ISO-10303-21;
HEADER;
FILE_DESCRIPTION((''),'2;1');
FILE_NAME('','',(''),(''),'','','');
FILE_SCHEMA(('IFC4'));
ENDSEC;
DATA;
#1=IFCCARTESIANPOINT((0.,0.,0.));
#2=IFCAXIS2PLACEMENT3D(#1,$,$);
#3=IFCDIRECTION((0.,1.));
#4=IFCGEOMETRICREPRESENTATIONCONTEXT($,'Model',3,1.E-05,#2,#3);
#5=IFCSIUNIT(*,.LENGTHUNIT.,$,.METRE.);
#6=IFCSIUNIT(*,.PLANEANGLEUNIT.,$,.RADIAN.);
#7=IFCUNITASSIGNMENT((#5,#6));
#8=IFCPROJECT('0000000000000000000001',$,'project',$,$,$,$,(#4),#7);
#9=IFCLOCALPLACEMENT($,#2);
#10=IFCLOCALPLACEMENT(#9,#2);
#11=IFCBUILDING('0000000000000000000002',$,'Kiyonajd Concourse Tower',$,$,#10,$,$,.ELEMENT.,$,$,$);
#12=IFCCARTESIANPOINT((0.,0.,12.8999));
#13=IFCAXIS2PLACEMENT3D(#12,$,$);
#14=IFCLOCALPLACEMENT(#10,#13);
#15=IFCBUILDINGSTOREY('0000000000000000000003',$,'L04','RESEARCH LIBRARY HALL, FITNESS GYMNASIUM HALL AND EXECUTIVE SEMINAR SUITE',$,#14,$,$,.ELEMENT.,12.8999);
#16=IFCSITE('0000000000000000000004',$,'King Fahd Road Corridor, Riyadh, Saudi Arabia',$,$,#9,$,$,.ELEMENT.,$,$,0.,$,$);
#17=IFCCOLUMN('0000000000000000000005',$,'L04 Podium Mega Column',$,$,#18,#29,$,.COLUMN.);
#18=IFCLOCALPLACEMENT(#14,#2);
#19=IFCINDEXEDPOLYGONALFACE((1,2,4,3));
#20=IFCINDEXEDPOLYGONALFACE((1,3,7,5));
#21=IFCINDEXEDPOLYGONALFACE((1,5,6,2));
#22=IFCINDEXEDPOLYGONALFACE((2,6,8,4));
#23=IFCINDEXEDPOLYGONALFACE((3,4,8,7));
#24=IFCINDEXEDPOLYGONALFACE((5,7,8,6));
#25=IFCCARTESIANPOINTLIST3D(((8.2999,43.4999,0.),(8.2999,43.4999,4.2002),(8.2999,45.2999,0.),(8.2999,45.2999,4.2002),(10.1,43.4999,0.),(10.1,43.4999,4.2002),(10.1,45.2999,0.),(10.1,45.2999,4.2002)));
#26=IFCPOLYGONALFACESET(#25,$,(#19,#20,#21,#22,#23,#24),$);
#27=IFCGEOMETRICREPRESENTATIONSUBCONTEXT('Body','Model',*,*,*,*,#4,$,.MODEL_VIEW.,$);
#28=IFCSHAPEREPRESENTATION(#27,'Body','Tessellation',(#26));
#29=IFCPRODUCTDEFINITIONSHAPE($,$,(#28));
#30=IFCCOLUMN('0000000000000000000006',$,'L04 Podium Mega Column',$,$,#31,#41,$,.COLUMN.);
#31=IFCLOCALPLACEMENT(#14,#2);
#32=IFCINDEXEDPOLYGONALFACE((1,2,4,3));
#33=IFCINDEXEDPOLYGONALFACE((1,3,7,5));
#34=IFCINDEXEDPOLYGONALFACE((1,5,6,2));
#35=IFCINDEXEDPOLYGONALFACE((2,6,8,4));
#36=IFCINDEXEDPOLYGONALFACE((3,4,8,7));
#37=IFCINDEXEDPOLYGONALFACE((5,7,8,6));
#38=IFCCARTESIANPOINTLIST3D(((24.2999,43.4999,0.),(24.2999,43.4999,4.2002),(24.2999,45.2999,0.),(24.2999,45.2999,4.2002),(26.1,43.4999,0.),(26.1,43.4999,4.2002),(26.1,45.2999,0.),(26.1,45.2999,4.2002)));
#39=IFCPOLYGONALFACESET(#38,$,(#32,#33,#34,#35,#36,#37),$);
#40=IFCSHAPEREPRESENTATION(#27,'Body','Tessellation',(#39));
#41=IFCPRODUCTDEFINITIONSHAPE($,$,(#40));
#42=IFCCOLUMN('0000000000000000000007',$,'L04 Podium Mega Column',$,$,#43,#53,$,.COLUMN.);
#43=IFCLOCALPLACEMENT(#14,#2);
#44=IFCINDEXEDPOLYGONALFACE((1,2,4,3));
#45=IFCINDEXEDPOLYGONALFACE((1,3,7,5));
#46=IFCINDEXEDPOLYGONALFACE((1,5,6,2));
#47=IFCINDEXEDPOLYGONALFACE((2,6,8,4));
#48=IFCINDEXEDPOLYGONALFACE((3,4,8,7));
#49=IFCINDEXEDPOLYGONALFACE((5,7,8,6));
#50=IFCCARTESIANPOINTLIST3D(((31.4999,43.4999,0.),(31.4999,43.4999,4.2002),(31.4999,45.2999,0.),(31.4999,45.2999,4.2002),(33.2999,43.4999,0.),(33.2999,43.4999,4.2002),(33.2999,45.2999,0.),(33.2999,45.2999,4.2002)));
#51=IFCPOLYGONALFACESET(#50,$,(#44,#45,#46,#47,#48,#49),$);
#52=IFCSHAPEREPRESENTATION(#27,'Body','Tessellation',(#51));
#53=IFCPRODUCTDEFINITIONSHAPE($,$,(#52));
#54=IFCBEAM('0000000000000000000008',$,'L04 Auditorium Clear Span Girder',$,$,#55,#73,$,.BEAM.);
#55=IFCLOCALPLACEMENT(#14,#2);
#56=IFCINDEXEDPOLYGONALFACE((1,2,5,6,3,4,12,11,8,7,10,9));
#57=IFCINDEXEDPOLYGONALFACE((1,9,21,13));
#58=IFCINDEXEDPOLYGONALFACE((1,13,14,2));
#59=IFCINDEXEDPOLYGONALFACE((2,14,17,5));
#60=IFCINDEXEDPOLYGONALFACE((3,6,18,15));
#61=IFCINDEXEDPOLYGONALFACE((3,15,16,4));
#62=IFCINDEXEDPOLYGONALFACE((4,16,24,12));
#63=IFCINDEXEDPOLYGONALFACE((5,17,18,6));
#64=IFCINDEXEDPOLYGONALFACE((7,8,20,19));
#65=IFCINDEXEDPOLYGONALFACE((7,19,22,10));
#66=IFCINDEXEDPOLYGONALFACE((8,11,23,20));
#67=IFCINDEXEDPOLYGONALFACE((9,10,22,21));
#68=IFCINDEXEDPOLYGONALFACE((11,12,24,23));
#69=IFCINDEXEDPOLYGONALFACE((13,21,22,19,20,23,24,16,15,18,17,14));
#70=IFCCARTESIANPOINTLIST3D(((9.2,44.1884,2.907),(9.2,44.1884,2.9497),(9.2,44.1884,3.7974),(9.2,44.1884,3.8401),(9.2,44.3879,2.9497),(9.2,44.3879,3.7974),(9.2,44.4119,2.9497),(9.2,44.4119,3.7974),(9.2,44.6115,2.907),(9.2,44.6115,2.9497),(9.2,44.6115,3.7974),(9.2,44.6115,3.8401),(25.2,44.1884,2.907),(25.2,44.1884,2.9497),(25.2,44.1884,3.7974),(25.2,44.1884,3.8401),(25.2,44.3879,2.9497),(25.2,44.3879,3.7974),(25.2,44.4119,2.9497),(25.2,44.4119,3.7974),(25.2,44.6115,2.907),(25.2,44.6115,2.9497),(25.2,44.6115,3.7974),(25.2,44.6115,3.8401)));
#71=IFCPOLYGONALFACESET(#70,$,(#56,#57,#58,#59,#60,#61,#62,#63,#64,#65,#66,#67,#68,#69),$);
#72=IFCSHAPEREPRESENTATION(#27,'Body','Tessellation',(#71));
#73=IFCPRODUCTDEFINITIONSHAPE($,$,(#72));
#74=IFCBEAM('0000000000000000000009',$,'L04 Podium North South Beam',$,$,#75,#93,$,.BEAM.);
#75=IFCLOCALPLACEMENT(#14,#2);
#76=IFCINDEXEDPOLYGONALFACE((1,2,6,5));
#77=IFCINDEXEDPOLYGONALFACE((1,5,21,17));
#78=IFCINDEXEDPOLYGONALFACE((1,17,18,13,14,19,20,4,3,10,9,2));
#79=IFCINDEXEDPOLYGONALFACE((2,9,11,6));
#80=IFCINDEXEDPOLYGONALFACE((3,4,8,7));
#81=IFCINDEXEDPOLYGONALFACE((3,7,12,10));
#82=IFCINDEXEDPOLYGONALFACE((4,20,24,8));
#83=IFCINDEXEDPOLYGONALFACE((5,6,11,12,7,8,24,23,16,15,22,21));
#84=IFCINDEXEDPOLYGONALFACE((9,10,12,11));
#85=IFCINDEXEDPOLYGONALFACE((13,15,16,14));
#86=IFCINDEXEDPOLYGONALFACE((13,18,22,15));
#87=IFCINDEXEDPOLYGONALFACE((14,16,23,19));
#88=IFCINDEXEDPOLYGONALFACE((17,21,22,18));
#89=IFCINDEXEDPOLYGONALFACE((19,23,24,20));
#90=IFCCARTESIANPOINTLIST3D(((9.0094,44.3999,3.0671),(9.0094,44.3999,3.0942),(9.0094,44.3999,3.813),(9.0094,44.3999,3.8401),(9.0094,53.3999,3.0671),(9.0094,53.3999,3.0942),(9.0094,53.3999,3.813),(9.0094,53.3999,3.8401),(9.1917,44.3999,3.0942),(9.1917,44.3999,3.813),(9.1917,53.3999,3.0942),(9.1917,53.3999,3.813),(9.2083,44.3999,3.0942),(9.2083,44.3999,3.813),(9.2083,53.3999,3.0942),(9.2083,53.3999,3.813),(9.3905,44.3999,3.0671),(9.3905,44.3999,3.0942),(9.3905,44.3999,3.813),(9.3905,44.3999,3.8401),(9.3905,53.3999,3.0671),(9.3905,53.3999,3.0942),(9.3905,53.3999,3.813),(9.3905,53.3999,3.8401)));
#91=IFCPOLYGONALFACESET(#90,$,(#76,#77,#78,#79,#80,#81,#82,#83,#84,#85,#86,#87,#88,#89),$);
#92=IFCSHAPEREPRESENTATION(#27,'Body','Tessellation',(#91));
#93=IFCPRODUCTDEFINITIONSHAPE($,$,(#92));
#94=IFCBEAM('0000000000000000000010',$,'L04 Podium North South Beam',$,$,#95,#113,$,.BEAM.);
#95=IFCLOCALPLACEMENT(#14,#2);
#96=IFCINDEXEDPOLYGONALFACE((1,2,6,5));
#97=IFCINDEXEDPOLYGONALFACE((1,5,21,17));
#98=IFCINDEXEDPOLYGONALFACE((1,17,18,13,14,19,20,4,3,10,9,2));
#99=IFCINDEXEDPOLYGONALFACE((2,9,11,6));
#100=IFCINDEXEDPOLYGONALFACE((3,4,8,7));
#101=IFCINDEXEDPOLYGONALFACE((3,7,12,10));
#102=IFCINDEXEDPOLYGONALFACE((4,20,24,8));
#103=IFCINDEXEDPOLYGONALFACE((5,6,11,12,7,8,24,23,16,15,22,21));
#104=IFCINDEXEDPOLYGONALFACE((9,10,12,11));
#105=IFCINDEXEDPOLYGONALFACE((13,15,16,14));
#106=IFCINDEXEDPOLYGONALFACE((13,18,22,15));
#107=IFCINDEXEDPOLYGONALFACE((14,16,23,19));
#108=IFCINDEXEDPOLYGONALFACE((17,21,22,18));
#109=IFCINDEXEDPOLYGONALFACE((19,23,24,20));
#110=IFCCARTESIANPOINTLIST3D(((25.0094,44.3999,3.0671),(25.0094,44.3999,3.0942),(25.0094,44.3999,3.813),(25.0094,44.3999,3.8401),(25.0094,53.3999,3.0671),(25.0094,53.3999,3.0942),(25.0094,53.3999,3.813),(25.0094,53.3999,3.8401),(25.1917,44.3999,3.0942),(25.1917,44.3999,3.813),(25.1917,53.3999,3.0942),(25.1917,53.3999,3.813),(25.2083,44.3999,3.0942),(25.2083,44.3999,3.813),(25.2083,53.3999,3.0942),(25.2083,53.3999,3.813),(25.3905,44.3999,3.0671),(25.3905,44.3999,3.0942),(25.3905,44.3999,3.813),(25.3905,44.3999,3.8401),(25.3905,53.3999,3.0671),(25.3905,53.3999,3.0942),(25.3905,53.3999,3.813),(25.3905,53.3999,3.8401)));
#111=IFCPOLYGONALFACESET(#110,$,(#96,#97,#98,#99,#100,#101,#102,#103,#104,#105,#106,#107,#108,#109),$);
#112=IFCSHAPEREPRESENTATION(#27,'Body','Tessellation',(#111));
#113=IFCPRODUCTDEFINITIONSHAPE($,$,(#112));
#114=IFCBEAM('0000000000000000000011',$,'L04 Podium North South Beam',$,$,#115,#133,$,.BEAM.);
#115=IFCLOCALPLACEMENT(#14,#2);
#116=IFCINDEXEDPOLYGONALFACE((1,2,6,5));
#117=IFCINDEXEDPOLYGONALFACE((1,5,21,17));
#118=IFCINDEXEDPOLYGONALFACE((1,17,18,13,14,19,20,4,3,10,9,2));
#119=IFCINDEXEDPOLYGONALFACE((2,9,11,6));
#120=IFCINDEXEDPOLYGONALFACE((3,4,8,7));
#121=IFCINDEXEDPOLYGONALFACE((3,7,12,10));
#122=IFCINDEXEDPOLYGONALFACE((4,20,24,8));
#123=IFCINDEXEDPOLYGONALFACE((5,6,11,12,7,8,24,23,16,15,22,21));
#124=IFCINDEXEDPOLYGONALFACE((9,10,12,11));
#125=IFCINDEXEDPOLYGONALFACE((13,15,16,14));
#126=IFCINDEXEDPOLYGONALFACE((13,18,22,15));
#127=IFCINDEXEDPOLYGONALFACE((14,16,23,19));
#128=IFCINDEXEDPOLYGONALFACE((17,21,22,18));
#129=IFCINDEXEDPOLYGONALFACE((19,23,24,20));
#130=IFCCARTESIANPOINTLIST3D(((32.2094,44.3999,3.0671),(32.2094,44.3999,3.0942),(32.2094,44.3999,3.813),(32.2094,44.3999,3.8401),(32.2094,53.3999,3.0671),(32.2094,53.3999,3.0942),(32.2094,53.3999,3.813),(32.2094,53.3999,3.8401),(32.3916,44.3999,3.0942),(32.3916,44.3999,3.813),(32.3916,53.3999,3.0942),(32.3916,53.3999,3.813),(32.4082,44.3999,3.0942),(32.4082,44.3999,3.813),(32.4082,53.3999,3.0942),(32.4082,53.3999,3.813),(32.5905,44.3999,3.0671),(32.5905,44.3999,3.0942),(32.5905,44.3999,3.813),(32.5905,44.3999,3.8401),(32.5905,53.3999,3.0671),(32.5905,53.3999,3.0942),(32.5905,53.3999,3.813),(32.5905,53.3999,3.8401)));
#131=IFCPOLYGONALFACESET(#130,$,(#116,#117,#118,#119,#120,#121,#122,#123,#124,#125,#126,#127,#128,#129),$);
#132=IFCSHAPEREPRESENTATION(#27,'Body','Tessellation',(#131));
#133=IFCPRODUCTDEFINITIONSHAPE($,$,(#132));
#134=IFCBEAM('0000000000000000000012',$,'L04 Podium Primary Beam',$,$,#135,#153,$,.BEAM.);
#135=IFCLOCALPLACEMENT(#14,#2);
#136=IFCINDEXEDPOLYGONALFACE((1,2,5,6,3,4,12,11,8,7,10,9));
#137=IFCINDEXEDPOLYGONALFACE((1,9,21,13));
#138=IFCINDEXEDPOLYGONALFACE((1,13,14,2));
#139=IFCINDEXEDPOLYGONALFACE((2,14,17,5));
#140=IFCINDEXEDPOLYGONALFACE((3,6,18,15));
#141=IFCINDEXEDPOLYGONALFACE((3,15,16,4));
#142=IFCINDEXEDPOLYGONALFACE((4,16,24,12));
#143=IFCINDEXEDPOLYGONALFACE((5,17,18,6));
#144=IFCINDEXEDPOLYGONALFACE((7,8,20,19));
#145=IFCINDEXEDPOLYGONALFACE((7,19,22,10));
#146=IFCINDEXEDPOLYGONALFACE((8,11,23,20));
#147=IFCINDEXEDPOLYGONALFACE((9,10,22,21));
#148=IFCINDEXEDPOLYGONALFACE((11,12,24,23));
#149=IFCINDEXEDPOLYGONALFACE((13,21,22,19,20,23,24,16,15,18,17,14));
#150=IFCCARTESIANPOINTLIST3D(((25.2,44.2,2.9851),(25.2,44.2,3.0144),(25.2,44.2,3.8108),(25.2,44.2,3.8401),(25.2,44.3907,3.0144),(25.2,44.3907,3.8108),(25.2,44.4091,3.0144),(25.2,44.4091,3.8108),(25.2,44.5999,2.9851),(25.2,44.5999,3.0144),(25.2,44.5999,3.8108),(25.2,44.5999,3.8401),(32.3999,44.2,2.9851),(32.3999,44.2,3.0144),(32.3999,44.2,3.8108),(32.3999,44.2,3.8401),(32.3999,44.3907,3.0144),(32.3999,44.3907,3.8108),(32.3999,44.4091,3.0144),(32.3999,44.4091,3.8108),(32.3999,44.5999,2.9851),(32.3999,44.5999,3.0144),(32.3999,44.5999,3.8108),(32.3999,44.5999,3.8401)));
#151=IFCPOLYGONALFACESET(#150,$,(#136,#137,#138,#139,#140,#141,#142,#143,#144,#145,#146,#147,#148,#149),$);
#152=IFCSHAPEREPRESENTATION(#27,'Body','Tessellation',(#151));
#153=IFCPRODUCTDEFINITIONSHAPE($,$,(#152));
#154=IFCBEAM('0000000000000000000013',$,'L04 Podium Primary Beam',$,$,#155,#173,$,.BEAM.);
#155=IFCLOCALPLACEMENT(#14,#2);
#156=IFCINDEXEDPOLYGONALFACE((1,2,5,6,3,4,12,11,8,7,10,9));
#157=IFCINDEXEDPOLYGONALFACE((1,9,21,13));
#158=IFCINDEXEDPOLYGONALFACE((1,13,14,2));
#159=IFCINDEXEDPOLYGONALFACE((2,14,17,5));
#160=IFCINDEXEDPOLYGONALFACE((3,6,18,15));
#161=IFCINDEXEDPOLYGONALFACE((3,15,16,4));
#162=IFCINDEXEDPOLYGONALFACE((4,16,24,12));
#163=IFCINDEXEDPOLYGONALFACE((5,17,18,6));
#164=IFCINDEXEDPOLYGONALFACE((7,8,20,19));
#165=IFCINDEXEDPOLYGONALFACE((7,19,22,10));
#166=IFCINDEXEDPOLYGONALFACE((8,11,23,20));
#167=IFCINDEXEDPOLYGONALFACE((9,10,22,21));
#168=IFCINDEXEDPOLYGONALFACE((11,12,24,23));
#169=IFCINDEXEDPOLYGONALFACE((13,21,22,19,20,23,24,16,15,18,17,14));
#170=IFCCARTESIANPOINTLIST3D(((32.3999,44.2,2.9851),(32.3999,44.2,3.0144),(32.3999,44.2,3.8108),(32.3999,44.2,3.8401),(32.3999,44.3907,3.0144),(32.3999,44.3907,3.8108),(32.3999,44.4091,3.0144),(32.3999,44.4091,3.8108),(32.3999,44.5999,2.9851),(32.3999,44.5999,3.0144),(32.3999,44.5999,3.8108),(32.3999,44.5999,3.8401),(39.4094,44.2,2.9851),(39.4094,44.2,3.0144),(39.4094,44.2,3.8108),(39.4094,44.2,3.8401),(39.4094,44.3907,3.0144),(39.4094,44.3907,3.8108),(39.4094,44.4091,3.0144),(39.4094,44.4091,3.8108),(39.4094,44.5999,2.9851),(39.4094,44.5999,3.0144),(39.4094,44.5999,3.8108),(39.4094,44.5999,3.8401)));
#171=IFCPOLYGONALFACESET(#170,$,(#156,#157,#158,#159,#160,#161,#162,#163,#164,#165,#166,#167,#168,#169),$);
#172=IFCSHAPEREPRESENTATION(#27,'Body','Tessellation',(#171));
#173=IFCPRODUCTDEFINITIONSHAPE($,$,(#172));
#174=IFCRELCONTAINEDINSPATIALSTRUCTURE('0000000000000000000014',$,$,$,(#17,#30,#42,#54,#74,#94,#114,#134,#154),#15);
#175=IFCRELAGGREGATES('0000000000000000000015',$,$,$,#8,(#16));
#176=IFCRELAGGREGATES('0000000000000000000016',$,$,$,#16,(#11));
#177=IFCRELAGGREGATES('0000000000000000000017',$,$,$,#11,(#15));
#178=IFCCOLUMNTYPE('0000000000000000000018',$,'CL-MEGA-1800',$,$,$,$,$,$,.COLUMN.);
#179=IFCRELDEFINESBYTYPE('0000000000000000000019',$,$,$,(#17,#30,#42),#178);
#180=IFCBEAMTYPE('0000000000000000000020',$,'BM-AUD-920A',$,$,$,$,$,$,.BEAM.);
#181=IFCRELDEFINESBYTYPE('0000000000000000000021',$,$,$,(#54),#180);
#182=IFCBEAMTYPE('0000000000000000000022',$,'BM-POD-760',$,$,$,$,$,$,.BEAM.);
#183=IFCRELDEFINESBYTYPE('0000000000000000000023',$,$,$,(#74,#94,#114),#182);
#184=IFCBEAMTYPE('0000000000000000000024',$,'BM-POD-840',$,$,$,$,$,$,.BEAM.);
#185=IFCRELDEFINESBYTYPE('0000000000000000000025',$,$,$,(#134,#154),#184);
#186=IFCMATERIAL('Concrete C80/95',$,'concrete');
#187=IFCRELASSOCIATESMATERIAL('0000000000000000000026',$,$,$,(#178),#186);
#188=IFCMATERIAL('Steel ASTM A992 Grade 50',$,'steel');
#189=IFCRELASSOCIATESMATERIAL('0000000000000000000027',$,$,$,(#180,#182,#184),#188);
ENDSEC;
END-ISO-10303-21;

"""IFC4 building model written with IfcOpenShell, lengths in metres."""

from ifc_helpers import new_model, si_unit, direction, frame, origin, origin_2d, place, context, subcontext, project, spatial, rectangle, i_section, extrude, material, material_profile, profile_set, type_object, element, save


model = new_model("IFC4")

# Units and contexts
model_context = context("Model", 3, precision=1e-05, world=origin(), true_north=direction((0.0, 1.0)))
body_context = subcontext(model_context, "Body", "Model", "MODEL_VIEW")
ifc_project = project(units=[si_unit("LENGTHUNIT", "METRE"), si_unit("PLANEANGLEUNIT", "RADIAN")], contexts=[model_context])

# Site, building, storey
site_placement = place(None, origin())
site = spatial("IfcSite", under=ifc_project, at=site_placement, Name="King Fahd Road Corridor, Riyadh, Saudi Arabia", CompositionType="ELEMENT", RefElevation=0.0)
building_placement = place(site_placement, origin())
building = spatial("IfcBuilding", under=site, at=building_placement, Name="Kiyonajd Concourse Tower", CompositionType="ELEMENT")
storey_placement = place(building_placement, frame((0.0, 0.0, 12.8999)))
storey = spatial("IfcBuildingStorey", under=building, at=storey_placement, Name="L04", Description="RESEARCH LIBRARY HALL, FITNESS GYMNASIUM HALL AND EXECUTIVE SEMINAR SUITE", CompositionType="ELEMENT", Elevation=12.8999)

# Columns
ifc_material_1 = material(Name="Concrete C80/95", Category="concrete")
ifc_material_profile_1 = material_profile(ifc_material_1, rectangle(XDim=1.8, YDim=1.8, at=origin_2d()), Name="RC-1800x1800")
ifc_profile_set_1 = profile_set([ifc_material_profile_1], Name="Concrete C80/95")
column_type = type_object("IfcColumnType", Name="CL-MEGA-1800", PredefinedType="COLUMN", material=ifc_profile_set_1)
for number, where, z_axis, x_axis, name in (
    (1, (9.2, 44.3999, 0.0), (0.0, 0.0, 1.0), (1.0, 0.0, 0.0), "L04 Podium Mega Column"),
    (2, (25.2, 44.3999, 0.0), (0.0, 0.0, 1.0), (1.0, 0.0, 0.0), "L04 Podium Mega Column"),
    (3, (32.3999, 44.3999, 0.0), (0.0, 0.0, 1.0), (1.0, 0.0, 0.0), "L04 Podium Mega Column"),
):
    element("IfcColumn", number, at=place(storey_placement, frame(where, z_axis=z_axis, x_axis=x_axis)), inside=storey, type_object=column_type, Name=name, PredefinedType="COLUMN", context=body_context, shape_type="SweptSolid", body=[
        extrude(rectangle(XDim=1.8, YDim=1.8, at=origin_2d()), origin(), (0.0, 0.0, 1.0), 4.2002),
    ])

# Beams
ifc_material_2 = material(Name="Steel ASTM A992 Grade 50", Category="steel")
ifc_material_profile_2 = material_profile(ifc_material_2, i_section(OverallWidth=0.4231, OverallDepth=0.9331, WebThickness=0.0239, FlangeThickness=0.0427, at=origin_2d()), Name="W920X446")
ifc_profile_set_2 = profile_set([ifc_material_profile_2], Name="Steel ASTM A992 Grade 50")
beam_type_1 = type_object("IfcBeamType", Name="BM-AUD-920A", PredefinedType="BEAM", material=ifc_profile_set_2)
beam_1_placement = place(storey_placement, frame((9.2, 44.3999, 3.3735), z_axis=(1.0, 0.0, 0.0), x_axis=(0.0, 1.0, 0.0)))
element("IfcBeam", 4, at=beam_1_placement, inside=storey, type_object=beam_type_1, Name="L04 Auditorium Clear Span Girder", PredefinedType="BEAM", context=body_context, shape_type="SweptSolid", body=[
    extrude(i_section(OverallWidth=0.4231, OverallDepth=0.9331, WebThickness=0.0239, FlangeThickness=0.0427, at=origin_2d()), origin(), (0.0, 0.0, 1.0), 16.0),
])
ifc_material_profile_3 = material_profile(ifc_material_2, i_section(OverallWidth=0.3811, OverallDepth=0.7729, WebThickness=0.0166, FlangeThickness=0.0271, at=origin_2d()), Name="W760X257")
ifc_profile_set_3 = profile_set([ifc_material_profile_3], Name="Steel ASTM A992 Grade 50")
beam_type_2 = type_object("IfcBeamType", Name="BM-POD-760", PredefinedType="BEAM", material=ifc_profile_set_3)
for number, where, z_axis, x_axis, name in (
    (5, (9.2, 44.3999, 3.4536), (0.0, 1.0, 0.0), (-1.0, 0.0, 0.0), "L04 Podium North South Beam"),
    (6, (25.2, 44.3999, 3.4536), (0.0, 1.0, 0.0), (-1.0, 0.0, 0.0), "L04 Podium North South Beam"),
    (7, (32.3999, 44.3999, 3.4536), (0.0, 1.0, 0.0), (-1.0, 0.0, 0.0), "L04 Podium North South Beam"),
):
    element("IfcBeam", number, at=place(storey_placement, frame(where, z_axis=z_axis, x_axis=x_axis)), inside=storey, type_object=beam_type_2, Name=name, PredefinedType="BEAM", context=body_context, shape_type="SweptSolid", body=[
        extrude(i_section(OverallWidth=0.3811, OverallDepth=0.7729, WebThickness=0.0166, FlangeThickness=0.0271, at=origin_2d()), origin(), (0.0, 0.0, 1.0), 9.0),
    ])
ifc_material_profile_4 = material_profile(ifc_material_2, i_section(OverallWidth=0.3999, OverallDepth=0.855, WebThickness=0.0183, FlangeThickness=0.0293, at=origin_2d()), Name="W840X299")
ifc_profile_set_4 = profile_set([ifc_material_profile_4], Name="Steel ASTM A992 Grade 50")
beam_type_3 = type_object("IfcBeamType", Name="BM-POD-840", PredefinedType="BEAM", material=ifc_profile_set_4)
beam_2_placement = place(storey_placement, frame((25.2, 44.3999, 3.4126), z_axis=(1.0, 0.0, 0.0), x_axis=(0.0, 1.0, 0.0)))
element("IfcBeam", 8, at=beam_2_placement, inside=storey, type_object=beam_type_3, Name="L04 Podium Primary Beam", PredefinedType="BEAM", context=body_context, shape_type="SweptSolid", body=[
    extrude(i_section(OverallWidth=0.3999, OverallDepth=0.855, WebThickness=0.0183, FlangeThickness=0.0293, at=origin_2d()), origin(), (0.0, 0.0, 1.0), 7.2),
])
beam_3_placement = place(storey_placement, frame((32.3999, 44.3999, 3.4126), z_axis=(1.0, 0.0, 0.0), x_axis=(0.0, 1.0, 0.0)))
element("IfcBeam", 9, at=beam_3_placement, inside=storey, type_object=beam_type_3, Name="L04 Podium Primary Beam", PredefinedType="BEAM", context=body_context, shape_type="SweptSolid", body=[
    extrude(i_section(OverallWidth=0.3999, OverallDepth=0.855, WebThickness=0.0183, FlangeThickness=0.0293, at=origin_2d()), origin(), (0.0, 0.0, 1.0), 7.0095),
])

save(model, "model.ifc")
